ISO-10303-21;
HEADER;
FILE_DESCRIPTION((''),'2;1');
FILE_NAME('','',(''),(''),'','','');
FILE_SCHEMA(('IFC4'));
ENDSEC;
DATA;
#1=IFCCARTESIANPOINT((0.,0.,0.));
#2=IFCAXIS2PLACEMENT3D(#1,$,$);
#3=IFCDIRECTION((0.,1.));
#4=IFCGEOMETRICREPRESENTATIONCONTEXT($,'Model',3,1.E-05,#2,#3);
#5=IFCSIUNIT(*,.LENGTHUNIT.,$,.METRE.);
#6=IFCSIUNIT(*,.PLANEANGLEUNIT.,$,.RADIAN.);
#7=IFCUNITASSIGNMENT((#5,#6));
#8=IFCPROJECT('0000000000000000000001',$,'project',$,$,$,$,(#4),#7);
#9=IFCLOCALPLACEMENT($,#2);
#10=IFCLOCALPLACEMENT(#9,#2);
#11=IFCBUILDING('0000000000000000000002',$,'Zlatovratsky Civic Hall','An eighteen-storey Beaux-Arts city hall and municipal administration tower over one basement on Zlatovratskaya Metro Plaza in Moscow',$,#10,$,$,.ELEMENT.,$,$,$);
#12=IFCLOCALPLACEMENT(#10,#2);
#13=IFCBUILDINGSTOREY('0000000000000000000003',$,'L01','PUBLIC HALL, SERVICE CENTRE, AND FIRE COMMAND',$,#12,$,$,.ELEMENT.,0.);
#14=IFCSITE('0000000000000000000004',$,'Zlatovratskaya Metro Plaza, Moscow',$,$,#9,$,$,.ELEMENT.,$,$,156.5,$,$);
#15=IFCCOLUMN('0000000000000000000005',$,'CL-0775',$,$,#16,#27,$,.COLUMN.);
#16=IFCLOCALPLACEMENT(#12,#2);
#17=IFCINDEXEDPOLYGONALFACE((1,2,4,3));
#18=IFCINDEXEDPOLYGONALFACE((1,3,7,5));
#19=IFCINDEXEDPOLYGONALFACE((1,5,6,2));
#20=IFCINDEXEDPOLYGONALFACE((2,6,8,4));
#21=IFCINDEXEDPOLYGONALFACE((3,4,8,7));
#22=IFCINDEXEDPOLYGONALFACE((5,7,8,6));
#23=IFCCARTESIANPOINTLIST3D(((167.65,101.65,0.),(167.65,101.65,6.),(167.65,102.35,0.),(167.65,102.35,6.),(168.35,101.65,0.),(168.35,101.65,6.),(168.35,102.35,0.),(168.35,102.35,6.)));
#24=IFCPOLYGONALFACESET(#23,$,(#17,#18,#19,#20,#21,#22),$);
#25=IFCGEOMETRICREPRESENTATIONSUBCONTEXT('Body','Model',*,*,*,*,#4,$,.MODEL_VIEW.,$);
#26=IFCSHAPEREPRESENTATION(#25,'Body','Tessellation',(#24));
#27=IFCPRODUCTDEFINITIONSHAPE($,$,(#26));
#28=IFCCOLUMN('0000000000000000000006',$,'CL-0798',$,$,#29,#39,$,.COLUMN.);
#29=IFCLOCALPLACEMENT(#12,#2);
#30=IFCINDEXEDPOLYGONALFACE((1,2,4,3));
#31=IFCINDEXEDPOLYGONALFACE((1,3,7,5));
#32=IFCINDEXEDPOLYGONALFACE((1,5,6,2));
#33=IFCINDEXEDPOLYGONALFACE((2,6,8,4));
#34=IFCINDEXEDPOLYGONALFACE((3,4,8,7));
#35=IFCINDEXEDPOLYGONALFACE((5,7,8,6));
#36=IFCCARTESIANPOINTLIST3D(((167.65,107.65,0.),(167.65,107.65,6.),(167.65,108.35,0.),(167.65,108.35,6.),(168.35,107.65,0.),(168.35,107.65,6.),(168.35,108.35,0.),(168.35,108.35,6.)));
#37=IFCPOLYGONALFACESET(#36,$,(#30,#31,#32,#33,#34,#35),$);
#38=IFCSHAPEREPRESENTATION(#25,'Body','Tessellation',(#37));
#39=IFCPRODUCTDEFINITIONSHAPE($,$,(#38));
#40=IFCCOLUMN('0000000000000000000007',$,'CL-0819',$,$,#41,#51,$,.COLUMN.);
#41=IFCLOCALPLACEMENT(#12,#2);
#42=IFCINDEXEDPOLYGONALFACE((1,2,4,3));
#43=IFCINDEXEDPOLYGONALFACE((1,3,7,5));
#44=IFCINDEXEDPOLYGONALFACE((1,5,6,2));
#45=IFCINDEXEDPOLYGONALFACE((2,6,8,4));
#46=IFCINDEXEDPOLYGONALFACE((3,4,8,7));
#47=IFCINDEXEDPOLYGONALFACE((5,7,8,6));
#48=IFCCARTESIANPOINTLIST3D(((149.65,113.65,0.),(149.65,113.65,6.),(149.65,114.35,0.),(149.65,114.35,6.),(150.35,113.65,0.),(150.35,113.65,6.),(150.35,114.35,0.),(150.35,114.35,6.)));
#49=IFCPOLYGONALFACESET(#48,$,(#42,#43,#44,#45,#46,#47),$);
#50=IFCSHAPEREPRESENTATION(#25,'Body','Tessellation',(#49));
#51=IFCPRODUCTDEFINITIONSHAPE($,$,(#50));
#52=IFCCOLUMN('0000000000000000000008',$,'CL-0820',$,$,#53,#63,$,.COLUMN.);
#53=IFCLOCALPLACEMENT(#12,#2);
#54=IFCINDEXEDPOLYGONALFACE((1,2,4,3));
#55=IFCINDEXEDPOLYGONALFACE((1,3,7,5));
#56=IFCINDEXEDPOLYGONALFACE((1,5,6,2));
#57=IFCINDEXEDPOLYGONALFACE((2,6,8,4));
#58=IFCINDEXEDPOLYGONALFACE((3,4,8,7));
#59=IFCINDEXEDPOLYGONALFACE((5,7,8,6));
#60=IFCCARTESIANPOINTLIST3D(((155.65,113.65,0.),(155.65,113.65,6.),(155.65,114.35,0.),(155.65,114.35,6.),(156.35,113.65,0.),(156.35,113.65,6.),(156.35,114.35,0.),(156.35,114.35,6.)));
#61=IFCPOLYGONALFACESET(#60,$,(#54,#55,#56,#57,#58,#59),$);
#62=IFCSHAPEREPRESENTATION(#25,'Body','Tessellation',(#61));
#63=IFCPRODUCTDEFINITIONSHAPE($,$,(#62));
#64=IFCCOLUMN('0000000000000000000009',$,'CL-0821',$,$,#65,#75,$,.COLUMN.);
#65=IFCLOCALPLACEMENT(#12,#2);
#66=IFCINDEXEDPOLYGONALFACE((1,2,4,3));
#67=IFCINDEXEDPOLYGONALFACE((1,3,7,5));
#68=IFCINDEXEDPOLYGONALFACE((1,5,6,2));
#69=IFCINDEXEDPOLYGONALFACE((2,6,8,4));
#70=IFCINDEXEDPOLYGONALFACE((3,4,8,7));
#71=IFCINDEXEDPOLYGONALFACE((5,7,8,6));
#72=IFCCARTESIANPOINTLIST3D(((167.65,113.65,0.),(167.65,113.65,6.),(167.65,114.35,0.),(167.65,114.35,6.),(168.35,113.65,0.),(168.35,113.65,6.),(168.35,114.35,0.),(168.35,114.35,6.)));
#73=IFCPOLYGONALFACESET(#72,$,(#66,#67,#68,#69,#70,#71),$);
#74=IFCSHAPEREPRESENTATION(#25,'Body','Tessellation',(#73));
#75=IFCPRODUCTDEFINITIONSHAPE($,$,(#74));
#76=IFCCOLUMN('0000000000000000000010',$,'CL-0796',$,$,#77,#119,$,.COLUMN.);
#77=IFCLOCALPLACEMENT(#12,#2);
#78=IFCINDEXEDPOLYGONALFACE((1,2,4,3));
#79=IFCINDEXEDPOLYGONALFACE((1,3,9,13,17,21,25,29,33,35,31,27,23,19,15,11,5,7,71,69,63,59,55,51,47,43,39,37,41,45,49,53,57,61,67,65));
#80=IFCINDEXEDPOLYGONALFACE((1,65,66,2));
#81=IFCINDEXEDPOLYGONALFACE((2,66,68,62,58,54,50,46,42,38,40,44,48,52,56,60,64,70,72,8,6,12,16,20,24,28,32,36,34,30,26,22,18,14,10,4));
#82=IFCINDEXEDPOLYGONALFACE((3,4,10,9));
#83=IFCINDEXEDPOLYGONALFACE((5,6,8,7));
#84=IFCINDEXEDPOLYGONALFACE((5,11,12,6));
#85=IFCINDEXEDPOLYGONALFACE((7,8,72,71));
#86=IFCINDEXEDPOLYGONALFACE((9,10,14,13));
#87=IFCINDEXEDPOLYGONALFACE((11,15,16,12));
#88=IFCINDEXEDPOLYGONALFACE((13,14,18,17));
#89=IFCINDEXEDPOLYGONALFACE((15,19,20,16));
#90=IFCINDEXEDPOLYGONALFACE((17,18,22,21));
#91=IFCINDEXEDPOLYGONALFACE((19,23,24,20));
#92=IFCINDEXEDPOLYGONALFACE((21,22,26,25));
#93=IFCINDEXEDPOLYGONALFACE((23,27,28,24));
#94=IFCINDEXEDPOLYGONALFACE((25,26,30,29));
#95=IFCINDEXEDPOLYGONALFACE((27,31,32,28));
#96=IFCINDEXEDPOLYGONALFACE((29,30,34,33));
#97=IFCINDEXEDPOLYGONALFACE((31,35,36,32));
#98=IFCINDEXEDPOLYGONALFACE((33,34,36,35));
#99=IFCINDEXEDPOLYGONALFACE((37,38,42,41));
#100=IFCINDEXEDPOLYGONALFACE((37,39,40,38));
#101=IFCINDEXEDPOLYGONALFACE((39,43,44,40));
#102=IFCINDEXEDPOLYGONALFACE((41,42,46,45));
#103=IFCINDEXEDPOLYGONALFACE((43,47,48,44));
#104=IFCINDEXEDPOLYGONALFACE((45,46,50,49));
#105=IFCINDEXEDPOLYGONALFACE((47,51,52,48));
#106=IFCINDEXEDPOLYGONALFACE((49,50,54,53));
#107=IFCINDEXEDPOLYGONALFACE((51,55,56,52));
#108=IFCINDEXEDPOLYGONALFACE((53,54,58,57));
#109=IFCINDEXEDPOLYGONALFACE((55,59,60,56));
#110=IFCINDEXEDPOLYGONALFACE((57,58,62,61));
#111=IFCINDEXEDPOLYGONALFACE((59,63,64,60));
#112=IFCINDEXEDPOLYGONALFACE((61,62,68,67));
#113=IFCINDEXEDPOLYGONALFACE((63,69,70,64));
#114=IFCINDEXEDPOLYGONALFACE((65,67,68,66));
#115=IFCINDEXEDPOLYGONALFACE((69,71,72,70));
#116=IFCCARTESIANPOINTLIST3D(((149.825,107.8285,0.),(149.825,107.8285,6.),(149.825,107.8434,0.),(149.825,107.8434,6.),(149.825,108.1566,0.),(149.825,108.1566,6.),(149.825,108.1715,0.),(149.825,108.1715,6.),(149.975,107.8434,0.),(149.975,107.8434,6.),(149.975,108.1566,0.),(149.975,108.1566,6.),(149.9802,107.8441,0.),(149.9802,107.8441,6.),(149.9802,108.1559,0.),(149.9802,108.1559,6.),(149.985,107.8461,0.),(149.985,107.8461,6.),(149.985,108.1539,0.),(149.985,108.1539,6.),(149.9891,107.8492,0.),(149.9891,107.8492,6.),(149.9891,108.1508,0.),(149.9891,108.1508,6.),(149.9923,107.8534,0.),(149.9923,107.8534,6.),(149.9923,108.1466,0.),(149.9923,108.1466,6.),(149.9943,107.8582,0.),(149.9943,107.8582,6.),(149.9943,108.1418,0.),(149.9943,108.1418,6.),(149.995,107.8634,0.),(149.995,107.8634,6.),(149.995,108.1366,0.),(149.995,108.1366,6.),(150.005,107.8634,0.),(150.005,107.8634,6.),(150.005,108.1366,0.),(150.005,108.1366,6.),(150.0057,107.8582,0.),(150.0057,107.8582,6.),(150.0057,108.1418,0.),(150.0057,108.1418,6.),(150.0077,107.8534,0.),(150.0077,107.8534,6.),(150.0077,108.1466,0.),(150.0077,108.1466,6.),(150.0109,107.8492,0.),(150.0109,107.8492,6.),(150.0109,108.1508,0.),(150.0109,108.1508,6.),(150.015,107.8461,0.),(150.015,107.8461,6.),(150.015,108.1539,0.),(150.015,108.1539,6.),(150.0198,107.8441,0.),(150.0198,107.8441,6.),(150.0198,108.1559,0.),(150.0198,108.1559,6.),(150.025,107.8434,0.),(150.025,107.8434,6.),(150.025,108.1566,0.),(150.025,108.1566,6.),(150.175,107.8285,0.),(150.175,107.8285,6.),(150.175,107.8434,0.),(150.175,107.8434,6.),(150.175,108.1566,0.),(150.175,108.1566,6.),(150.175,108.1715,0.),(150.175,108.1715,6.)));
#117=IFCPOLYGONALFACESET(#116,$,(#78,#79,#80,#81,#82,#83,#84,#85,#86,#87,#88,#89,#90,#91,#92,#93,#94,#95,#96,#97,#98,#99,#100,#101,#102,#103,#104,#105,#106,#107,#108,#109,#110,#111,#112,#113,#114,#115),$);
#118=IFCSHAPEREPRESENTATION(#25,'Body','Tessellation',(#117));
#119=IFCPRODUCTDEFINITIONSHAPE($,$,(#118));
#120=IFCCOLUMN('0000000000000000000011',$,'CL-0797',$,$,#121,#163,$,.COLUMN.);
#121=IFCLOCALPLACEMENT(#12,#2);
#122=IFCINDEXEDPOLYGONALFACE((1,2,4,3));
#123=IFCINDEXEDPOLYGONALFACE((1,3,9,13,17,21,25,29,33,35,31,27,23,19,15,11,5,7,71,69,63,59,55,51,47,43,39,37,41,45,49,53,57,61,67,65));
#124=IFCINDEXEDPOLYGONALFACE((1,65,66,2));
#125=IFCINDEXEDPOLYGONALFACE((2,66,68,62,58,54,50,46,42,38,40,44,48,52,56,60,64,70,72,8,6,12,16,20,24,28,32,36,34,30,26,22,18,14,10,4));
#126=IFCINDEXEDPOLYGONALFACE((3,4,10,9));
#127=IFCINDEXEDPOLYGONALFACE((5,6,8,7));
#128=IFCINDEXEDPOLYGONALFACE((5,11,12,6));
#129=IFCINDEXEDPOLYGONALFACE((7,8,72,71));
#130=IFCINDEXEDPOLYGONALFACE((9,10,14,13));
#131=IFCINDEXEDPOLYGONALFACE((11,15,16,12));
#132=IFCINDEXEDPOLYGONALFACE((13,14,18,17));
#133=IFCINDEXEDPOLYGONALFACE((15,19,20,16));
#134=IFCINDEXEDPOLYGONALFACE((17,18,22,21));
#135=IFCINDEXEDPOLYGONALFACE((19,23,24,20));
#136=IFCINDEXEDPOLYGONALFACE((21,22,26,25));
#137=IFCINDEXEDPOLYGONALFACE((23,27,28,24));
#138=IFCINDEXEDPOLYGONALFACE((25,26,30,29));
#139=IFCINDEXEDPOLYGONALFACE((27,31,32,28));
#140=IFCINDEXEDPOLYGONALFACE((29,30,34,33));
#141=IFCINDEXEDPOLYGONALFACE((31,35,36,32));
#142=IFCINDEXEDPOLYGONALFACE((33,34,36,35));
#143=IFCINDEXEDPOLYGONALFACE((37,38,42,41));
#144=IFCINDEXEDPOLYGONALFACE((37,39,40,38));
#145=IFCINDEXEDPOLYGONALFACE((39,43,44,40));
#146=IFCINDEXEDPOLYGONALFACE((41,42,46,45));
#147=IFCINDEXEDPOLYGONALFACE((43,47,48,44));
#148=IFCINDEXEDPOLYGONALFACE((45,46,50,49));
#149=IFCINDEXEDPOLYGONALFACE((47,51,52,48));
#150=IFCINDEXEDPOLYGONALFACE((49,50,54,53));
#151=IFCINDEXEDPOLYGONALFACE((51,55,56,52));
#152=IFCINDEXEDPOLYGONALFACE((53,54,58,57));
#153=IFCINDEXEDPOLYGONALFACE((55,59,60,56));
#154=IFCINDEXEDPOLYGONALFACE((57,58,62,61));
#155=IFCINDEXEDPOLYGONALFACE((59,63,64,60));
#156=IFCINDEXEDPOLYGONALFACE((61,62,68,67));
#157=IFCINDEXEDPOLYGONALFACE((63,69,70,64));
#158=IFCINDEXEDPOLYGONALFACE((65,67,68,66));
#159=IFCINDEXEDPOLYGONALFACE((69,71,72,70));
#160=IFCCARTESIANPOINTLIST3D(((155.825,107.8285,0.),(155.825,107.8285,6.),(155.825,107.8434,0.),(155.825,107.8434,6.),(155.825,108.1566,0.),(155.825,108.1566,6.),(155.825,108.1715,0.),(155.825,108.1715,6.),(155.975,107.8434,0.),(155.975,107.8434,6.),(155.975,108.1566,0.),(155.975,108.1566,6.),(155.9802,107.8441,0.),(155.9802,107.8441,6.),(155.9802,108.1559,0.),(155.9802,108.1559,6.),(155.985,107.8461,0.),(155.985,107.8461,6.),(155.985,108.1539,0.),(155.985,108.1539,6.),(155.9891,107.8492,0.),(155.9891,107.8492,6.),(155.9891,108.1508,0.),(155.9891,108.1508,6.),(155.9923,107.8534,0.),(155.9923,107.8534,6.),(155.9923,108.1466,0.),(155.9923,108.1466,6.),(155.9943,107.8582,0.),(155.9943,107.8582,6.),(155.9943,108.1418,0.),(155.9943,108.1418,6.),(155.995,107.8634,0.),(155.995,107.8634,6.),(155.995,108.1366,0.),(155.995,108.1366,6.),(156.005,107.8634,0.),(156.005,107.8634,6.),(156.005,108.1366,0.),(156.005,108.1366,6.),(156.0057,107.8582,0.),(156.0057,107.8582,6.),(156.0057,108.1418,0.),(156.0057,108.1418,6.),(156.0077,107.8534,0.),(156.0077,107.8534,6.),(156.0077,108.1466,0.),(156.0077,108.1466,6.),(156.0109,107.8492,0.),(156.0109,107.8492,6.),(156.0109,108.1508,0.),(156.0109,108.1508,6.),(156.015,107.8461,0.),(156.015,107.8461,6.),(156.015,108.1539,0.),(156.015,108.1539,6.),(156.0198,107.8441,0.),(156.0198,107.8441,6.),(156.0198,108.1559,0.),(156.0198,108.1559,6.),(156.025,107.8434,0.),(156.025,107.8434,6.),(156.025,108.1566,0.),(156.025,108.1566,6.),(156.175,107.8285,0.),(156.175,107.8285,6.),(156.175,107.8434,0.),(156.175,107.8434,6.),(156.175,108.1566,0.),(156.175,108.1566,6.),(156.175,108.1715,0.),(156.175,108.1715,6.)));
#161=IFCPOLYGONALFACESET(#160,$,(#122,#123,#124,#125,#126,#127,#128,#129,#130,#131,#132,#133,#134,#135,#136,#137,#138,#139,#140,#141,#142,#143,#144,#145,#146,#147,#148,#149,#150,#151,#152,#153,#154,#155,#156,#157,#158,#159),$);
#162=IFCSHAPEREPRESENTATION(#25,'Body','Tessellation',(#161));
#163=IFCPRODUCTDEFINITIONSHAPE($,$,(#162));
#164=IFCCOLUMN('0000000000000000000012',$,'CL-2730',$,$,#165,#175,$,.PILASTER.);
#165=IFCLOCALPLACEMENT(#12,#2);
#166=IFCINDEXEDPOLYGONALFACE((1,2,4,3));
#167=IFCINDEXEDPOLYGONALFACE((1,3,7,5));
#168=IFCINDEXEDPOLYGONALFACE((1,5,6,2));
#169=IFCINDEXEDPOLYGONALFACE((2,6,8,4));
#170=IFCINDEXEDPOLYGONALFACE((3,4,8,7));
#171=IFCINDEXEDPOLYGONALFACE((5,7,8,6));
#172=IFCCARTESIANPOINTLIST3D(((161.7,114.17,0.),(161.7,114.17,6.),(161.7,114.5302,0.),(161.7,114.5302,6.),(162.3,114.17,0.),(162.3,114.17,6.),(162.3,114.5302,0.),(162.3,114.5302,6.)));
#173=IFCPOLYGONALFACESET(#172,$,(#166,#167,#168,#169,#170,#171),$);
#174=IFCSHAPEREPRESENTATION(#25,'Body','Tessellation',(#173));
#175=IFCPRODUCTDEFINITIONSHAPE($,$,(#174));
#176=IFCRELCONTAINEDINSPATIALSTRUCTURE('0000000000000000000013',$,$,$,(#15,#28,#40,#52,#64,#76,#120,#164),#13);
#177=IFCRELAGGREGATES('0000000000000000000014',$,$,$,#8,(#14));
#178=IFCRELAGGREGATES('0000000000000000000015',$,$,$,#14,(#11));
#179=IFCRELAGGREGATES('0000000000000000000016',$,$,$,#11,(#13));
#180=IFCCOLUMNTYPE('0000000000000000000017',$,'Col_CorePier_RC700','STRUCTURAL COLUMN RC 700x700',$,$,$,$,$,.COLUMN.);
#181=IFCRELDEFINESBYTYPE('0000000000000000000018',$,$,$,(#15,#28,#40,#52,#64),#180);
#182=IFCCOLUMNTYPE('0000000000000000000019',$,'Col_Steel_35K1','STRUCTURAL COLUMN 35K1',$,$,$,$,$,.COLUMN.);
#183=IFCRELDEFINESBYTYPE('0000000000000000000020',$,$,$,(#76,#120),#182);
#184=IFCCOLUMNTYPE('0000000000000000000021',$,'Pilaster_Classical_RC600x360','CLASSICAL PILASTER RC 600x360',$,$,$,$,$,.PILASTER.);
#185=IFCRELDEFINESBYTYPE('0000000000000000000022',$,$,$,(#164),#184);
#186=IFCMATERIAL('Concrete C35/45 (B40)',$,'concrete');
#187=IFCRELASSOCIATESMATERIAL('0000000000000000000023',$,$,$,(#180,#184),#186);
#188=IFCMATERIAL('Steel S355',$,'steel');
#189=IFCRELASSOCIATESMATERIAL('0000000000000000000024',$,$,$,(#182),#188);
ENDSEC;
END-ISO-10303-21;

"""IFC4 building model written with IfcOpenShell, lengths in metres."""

from ifc_helpers import new_model, si_unit, direction, frame, origin, origin_2d, place, context, subcontext, project, spatial, rectangle, i_section, extrude, material, material_profile, profile_set, type_object, element, save


model = new_model("IFC4")

# Units and contexts
model_context = context("Model", 3, precision=1e-05, world=origin(), true_north=direction((0.0, 1.0)))
body_context = subcontext(model_context, "Body", "Model", "MODEL_VIEW")
ifc_project = project(units=[si_unit("LENGTHUNIT", "METRE"), si_unit("PLANEANGLEUNIT", "RADIAN")], contexts=[model_context])

# Site, building, storey
site_placement = place(None, origin())
site = spatial("IfcSite", under=ifc_project, at=site_placement, Name="Zlatovratskaya Metro Plaza, Moscow", CompositionType="ELEMENT", RefElevation=156.5)
building_placement = place(site_placement, origin())
building = spatial("IfcBuilding", under=site, at=building_placement, Name="Zlatovratsky Civic Hall", Description="An eighteen-storey Beaux-Arts city hall and municipal administration tower over one basement on Zlatovratskaya Metro Plaza in Moscow", CompositionType="ELEMENT")
storey_placement = place(building_placement, origin())
storey = spatial("IfcBuildingStorey", under=building, at=storey_placement, Name="L01", Description="PUBLIC HALL, SERVICE CENTRE, AND FIRE COMMAND", CompositionType="ELEMENT", Elevation=0.0)

# Columns
ifc_material_1 = material(Name="Concrete C35/45 (B40)", Category="concrete")
ifc_material_profile_1 = material_profile(ifc_material_1, rectangle(XDim=0.7, YDim=0.7, at=origin_2d()), Name="RC 700x700")
ifc_profile_set_1 = profile_set([ifc_material_profile_1], Name="Concrete C35/45 (B40)")
column_type_1 = type_object("IfcColumnType", Name="Col_CorePier_RC700", Description="STRUCTURAL COLUMN RC 700x700", PredefinedType="COLUMN", material=ifc_profile_set_1)
for number, where, z_axis, x_axis, name in (
    (1, (168.0, 102.0, 0.0), (0.0, 0.0, 1.0), (1.0, 0.0, 0.0), "CL-0775"),
    (2, (168.0, 108.0, 0.0), (0.0, 0.0, 1.0), (1.0, 0.0, 0.0), "CL-0798"),
    (3, (150.0, 114.0, 0.0), (0.0, 0.0, 1.0), (1.0, 0.0, 0.0), "CL-0819"),
    (4, (156.0, 114.0, 0.0), (0.0, 0.0, 1.0), (1.0, 0.0, 0.0), "CL-0820"),
    (5, (168.0, 114.0, 0.0), (0.0, 0.0, 1.0), (1.0, 0.0, 0.0), "CL-0821"),
):
    element("IfcColumn", number, at=place(storey_placement, frame(where, z_axis=z_axis, x_axis=x_axis)), inside=storey, type_object=column_type_1, Name=name, PredefinedType="COLUMN", context=body_context, shape_type="SweptSolid", body=[
        extrude(rectangle(XDim=0.7, YDim=0.7, at=origin_2d()), origin(), (0.0, 0.0, 1.0), 6.0),
    ])
ifc_material_2 = material(Name="Steel S355", Category="steel")
ifc_material_profile_2 = material_profile(ifc_material_2, i_section(OverallWidth=0.3501, OverallDepth=0.343, WebThickness=0.01, FlangeThickness=0.0149, FilletRadius=0.02, at=origin_2d()), Name="35K1")
ifc_profile_set_2 = profile_set([ifc_material_profile_2], Name="Steel S355")
column_type_2 = type_object("IfcColumnType", Name="Col_Steel_35K1", Description="STRUCTURAL COLUMN 35K1", PredefinedType="COLUMN", material=ifc_profile_set_2)
for number, where, z_axis, x_axis, name in (
    (6, (150.0, 108.0, 0.0), (0.0, 0.0, 1.0), (1.0, 0.0, 0.0), "CL-0796"),
    (7, (156.0, 108.0, 0.0), (0.0, 0.0, 1.0), (1.0, 0.0, 0.0), "CL-0797"),
):
    element("IfcColumn", number, at=place(storey_placement, frame(where, z_axis=z_axis, x_axis=x_axis)), inside=storey, type_object=column_type_2, Name=name, PredefinedType="COLUMN", context=body_context, shape_type="SweptSolid", body=[
        extrude(i_section(OverallWidth=0.3501, OverallDepth=0.343, WebThickness=0.01, FlangeThickness=0.0149, FilletRadius=0.02, at=origin_2d()), origin(), (0.0, 0.0, 1.0), 6.0),
    ])
ifc_material_profile_3 = material_profile(ifc_material_1, rectangle(XDim=0.6001, YDim=0.3601, at=origin_2d()), Name="RC 600x360")
ifc_profile_set_3 = profile_set([ifc_material_profile_3], Name="Concrete C35/45 (B40)")
column_type_3 = type_object("IfcColumnType", Name="Pilaster_Classical_RC600x360", Description="CLASSICAL PILASTER RC 600x360", PredefinedType="PILASTER", material=ifc_profile_set_3)
column_placement = place(storey_placement, frame((162.0, 114.3501, 0.0), z_axis=(0.0, 0.0, 1.0), x_axis=(1.0, 0.0, 0.0)))
element("IfcColumn", 8, at=column_placement, inside=storey, type_object=column_type_3, Name="CL-2730", PredefinedType="PILASTER", context=body_context, shape_type="SweptSolid", body=[
    extrude(rectangle(XDim=0.6001, YDim=0.3601, at=origin_2d()), origin(), (0.0, 0.0, 1.0), 6.0),
])

save(model, "model.ifc")
